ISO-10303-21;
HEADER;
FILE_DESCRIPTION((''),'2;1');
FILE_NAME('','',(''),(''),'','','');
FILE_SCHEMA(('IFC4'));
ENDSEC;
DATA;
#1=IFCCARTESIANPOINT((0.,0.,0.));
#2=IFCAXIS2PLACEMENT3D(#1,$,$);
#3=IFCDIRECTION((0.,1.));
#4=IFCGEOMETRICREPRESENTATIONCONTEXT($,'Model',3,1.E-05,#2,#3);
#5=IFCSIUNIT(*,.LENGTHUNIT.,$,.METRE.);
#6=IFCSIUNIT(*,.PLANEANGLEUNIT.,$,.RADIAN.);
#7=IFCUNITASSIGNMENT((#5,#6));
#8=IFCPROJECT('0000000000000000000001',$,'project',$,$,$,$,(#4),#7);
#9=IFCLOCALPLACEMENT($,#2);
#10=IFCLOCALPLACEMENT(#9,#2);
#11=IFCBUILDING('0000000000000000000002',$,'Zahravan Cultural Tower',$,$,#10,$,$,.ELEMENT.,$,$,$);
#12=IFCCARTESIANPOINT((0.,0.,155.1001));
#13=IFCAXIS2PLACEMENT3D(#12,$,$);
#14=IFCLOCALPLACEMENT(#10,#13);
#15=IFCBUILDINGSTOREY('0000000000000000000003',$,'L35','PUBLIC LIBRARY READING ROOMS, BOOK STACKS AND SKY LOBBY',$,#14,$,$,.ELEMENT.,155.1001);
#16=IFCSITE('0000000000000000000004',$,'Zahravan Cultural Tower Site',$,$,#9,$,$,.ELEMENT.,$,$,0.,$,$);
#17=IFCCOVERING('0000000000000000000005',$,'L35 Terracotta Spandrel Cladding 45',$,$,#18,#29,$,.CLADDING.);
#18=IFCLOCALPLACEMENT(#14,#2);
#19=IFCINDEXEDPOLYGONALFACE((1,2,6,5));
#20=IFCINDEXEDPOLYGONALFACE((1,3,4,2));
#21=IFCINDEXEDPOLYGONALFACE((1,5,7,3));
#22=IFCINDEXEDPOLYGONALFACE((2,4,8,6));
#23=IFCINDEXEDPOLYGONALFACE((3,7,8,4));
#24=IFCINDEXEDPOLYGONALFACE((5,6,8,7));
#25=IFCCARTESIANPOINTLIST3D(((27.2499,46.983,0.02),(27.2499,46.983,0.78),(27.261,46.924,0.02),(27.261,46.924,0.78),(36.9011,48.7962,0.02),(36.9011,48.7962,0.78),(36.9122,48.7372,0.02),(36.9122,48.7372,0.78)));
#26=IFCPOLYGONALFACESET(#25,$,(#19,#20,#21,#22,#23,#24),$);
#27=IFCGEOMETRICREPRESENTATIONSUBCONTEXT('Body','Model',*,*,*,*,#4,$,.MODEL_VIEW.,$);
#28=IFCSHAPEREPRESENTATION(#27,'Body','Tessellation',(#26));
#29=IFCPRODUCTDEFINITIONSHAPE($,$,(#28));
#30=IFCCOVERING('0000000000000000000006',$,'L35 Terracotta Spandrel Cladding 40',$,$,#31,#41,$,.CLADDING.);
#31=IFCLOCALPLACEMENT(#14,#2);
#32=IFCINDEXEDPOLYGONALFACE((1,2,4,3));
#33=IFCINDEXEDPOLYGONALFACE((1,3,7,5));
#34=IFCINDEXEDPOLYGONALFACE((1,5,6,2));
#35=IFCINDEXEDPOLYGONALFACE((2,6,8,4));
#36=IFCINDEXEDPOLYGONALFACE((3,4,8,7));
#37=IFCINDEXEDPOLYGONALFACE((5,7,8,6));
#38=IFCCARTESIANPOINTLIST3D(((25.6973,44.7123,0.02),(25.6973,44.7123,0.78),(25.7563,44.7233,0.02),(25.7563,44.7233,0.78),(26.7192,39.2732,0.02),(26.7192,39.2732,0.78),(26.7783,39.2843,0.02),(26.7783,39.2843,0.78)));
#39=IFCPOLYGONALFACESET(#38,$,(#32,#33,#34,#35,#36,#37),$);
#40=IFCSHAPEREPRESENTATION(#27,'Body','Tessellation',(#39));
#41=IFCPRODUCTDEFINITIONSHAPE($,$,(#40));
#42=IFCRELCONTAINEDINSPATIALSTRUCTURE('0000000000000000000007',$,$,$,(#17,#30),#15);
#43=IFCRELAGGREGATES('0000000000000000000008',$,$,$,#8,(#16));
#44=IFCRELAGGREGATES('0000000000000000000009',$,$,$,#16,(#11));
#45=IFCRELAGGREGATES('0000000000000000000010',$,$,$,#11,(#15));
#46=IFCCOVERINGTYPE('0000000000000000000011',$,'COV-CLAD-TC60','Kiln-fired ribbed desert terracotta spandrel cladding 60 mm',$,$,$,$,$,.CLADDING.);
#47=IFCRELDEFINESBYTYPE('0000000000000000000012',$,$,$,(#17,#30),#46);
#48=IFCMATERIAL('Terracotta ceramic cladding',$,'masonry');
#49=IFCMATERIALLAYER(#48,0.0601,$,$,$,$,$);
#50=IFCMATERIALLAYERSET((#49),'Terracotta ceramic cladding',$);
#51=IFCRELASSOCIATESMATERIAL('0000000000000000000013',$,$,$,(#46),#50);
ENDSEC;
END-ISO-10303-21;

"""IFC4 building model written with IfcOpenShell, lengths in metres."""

from ifc_helpers import new_model, si_unit, direction, frame, origin, origin_2d, place, context, subcontext, project, spatial, rectangle, extrude, source, transform, mapped, material, layer, layer_set, type_object, element, save


model = new_model("IFC4")

# Units and contexts
model_context = context("Model", 3, precision=1e-05, world=origin(), true_north=direction((0.0, 1.0)))
body_context = subcontext(model_context, "Body", "Model", "MODEL_VIEW")
ifc_project = project(units=[si_unit("LENGTHUNIT", "METRE"), si_unit("PLANEANGLEUNIT", "RADIAN")], contexts=[model_context])

# Site, building, storey
site_placement = place(None, origin())
site = spatial("IfcSite", under=ifc_project, at=site_placement, Name="Zahravan Cultural Tower Site", CompositionType="ELEMENT", RefElevation=0.0)
building_placement = place(site_placement, origin())
building = spatial("IfcBuilding", under=site, at=building_placement, Name="Zahravan Cultural Tower", CompositionType="ELEMENT")
storey_placement = place(building_placement, frame((0.0, 0.0, 155.1001)))
storey = spatial("IfcBuildingStorey", under=building, at=storey_placement, Name="L35", Description="PUBLIC LIBRARY READING ROOMS, BOOK STACKS AND SKY LOBBY", CompositionType="ELEMENT", Elevation=155.1001)

# Coverings
ifc_material_1 = material(Name="Terracotta ceramic cladding", Category="masonry")
ifc_layer_1 = layer(ifc_material_1, 0.0601)
ifc_layer_set_1 = layer_set([ifc_layer_1], Name="Terracotta ceramic cladding")
covering_type = type_object("IfcCoveringType", Name="COV-CLAD-TC60", Description="Kiln-fired ribbed desert terracotta spandrel cladding 60 mm", PredefinedType="CLADDING", material=ifc_layer_set_1)
shared_shape_1 = source(origin(), body_context, "Body", "SweptSolid", [
    extrude(rectangle(XDim=9.8201, YDim=0.0601, at=origin_2d()), origin(), (0.0, 0.0, 1.0), 0.76),
])
covering_1_placement = place(storey_placement, frame((32.0811, 47.8601, 0.02), z_axis=(0.0, 0.0, 1.0), x_axis=(0.982807, 0.184638, 0.0)))
element("IfcCovering", 1, at=covering_1_placement, inside=storey, type_object=covering_type, Name="L35 Terracotta Spandrel Cladding 45", PredefinedType="CLADDING", context=body_context, shape_type="MappedRepresentation", body=[
    mapped(shared_shape_1, transform((0.0, 0.0, 0.0), x_axis=(1.0, 0.0, 0.0), y_axis=(0.0, 1.0, 0.0), z_axis=(0.0, 0.0, 1.0), scale=1.0)),
])
shared_shape_2 = source(origin(), body_context, "Body", "SweptSolid", [
    extrude(rectangle(XDim=5.5342, YDim=0.0601, at=origin_2d()), origin(), (0.0, 0.0, 1.0), 0.76),
])
covering_2_placement = place(storey_placement, frame((26.2378, 41.9983, 0.02), z_axis=(0.0, 0.0, 1.0), x_axis=(-0.184655, 0.982803, 0.0)))
element("IfcCovering", 2, at=covering_2_placement, inside=storey, type_object=covering_type, Name="L35 Terracotta Spandrel Cladding 40", PredefinedType="CLADDING", context=body_context, shape_type="MappedRepresentation", body=[
    mapped(shared_shape_2, transform((0.0, 0.0, 0.0), x_axis=(1.0, 0.0, 0.0), y_axis=(0.0, 1.0, 0.0), z_axis=(0.0, 0.0, 1.0), scale=1.0)),
])

save(model, "model.ifc")
